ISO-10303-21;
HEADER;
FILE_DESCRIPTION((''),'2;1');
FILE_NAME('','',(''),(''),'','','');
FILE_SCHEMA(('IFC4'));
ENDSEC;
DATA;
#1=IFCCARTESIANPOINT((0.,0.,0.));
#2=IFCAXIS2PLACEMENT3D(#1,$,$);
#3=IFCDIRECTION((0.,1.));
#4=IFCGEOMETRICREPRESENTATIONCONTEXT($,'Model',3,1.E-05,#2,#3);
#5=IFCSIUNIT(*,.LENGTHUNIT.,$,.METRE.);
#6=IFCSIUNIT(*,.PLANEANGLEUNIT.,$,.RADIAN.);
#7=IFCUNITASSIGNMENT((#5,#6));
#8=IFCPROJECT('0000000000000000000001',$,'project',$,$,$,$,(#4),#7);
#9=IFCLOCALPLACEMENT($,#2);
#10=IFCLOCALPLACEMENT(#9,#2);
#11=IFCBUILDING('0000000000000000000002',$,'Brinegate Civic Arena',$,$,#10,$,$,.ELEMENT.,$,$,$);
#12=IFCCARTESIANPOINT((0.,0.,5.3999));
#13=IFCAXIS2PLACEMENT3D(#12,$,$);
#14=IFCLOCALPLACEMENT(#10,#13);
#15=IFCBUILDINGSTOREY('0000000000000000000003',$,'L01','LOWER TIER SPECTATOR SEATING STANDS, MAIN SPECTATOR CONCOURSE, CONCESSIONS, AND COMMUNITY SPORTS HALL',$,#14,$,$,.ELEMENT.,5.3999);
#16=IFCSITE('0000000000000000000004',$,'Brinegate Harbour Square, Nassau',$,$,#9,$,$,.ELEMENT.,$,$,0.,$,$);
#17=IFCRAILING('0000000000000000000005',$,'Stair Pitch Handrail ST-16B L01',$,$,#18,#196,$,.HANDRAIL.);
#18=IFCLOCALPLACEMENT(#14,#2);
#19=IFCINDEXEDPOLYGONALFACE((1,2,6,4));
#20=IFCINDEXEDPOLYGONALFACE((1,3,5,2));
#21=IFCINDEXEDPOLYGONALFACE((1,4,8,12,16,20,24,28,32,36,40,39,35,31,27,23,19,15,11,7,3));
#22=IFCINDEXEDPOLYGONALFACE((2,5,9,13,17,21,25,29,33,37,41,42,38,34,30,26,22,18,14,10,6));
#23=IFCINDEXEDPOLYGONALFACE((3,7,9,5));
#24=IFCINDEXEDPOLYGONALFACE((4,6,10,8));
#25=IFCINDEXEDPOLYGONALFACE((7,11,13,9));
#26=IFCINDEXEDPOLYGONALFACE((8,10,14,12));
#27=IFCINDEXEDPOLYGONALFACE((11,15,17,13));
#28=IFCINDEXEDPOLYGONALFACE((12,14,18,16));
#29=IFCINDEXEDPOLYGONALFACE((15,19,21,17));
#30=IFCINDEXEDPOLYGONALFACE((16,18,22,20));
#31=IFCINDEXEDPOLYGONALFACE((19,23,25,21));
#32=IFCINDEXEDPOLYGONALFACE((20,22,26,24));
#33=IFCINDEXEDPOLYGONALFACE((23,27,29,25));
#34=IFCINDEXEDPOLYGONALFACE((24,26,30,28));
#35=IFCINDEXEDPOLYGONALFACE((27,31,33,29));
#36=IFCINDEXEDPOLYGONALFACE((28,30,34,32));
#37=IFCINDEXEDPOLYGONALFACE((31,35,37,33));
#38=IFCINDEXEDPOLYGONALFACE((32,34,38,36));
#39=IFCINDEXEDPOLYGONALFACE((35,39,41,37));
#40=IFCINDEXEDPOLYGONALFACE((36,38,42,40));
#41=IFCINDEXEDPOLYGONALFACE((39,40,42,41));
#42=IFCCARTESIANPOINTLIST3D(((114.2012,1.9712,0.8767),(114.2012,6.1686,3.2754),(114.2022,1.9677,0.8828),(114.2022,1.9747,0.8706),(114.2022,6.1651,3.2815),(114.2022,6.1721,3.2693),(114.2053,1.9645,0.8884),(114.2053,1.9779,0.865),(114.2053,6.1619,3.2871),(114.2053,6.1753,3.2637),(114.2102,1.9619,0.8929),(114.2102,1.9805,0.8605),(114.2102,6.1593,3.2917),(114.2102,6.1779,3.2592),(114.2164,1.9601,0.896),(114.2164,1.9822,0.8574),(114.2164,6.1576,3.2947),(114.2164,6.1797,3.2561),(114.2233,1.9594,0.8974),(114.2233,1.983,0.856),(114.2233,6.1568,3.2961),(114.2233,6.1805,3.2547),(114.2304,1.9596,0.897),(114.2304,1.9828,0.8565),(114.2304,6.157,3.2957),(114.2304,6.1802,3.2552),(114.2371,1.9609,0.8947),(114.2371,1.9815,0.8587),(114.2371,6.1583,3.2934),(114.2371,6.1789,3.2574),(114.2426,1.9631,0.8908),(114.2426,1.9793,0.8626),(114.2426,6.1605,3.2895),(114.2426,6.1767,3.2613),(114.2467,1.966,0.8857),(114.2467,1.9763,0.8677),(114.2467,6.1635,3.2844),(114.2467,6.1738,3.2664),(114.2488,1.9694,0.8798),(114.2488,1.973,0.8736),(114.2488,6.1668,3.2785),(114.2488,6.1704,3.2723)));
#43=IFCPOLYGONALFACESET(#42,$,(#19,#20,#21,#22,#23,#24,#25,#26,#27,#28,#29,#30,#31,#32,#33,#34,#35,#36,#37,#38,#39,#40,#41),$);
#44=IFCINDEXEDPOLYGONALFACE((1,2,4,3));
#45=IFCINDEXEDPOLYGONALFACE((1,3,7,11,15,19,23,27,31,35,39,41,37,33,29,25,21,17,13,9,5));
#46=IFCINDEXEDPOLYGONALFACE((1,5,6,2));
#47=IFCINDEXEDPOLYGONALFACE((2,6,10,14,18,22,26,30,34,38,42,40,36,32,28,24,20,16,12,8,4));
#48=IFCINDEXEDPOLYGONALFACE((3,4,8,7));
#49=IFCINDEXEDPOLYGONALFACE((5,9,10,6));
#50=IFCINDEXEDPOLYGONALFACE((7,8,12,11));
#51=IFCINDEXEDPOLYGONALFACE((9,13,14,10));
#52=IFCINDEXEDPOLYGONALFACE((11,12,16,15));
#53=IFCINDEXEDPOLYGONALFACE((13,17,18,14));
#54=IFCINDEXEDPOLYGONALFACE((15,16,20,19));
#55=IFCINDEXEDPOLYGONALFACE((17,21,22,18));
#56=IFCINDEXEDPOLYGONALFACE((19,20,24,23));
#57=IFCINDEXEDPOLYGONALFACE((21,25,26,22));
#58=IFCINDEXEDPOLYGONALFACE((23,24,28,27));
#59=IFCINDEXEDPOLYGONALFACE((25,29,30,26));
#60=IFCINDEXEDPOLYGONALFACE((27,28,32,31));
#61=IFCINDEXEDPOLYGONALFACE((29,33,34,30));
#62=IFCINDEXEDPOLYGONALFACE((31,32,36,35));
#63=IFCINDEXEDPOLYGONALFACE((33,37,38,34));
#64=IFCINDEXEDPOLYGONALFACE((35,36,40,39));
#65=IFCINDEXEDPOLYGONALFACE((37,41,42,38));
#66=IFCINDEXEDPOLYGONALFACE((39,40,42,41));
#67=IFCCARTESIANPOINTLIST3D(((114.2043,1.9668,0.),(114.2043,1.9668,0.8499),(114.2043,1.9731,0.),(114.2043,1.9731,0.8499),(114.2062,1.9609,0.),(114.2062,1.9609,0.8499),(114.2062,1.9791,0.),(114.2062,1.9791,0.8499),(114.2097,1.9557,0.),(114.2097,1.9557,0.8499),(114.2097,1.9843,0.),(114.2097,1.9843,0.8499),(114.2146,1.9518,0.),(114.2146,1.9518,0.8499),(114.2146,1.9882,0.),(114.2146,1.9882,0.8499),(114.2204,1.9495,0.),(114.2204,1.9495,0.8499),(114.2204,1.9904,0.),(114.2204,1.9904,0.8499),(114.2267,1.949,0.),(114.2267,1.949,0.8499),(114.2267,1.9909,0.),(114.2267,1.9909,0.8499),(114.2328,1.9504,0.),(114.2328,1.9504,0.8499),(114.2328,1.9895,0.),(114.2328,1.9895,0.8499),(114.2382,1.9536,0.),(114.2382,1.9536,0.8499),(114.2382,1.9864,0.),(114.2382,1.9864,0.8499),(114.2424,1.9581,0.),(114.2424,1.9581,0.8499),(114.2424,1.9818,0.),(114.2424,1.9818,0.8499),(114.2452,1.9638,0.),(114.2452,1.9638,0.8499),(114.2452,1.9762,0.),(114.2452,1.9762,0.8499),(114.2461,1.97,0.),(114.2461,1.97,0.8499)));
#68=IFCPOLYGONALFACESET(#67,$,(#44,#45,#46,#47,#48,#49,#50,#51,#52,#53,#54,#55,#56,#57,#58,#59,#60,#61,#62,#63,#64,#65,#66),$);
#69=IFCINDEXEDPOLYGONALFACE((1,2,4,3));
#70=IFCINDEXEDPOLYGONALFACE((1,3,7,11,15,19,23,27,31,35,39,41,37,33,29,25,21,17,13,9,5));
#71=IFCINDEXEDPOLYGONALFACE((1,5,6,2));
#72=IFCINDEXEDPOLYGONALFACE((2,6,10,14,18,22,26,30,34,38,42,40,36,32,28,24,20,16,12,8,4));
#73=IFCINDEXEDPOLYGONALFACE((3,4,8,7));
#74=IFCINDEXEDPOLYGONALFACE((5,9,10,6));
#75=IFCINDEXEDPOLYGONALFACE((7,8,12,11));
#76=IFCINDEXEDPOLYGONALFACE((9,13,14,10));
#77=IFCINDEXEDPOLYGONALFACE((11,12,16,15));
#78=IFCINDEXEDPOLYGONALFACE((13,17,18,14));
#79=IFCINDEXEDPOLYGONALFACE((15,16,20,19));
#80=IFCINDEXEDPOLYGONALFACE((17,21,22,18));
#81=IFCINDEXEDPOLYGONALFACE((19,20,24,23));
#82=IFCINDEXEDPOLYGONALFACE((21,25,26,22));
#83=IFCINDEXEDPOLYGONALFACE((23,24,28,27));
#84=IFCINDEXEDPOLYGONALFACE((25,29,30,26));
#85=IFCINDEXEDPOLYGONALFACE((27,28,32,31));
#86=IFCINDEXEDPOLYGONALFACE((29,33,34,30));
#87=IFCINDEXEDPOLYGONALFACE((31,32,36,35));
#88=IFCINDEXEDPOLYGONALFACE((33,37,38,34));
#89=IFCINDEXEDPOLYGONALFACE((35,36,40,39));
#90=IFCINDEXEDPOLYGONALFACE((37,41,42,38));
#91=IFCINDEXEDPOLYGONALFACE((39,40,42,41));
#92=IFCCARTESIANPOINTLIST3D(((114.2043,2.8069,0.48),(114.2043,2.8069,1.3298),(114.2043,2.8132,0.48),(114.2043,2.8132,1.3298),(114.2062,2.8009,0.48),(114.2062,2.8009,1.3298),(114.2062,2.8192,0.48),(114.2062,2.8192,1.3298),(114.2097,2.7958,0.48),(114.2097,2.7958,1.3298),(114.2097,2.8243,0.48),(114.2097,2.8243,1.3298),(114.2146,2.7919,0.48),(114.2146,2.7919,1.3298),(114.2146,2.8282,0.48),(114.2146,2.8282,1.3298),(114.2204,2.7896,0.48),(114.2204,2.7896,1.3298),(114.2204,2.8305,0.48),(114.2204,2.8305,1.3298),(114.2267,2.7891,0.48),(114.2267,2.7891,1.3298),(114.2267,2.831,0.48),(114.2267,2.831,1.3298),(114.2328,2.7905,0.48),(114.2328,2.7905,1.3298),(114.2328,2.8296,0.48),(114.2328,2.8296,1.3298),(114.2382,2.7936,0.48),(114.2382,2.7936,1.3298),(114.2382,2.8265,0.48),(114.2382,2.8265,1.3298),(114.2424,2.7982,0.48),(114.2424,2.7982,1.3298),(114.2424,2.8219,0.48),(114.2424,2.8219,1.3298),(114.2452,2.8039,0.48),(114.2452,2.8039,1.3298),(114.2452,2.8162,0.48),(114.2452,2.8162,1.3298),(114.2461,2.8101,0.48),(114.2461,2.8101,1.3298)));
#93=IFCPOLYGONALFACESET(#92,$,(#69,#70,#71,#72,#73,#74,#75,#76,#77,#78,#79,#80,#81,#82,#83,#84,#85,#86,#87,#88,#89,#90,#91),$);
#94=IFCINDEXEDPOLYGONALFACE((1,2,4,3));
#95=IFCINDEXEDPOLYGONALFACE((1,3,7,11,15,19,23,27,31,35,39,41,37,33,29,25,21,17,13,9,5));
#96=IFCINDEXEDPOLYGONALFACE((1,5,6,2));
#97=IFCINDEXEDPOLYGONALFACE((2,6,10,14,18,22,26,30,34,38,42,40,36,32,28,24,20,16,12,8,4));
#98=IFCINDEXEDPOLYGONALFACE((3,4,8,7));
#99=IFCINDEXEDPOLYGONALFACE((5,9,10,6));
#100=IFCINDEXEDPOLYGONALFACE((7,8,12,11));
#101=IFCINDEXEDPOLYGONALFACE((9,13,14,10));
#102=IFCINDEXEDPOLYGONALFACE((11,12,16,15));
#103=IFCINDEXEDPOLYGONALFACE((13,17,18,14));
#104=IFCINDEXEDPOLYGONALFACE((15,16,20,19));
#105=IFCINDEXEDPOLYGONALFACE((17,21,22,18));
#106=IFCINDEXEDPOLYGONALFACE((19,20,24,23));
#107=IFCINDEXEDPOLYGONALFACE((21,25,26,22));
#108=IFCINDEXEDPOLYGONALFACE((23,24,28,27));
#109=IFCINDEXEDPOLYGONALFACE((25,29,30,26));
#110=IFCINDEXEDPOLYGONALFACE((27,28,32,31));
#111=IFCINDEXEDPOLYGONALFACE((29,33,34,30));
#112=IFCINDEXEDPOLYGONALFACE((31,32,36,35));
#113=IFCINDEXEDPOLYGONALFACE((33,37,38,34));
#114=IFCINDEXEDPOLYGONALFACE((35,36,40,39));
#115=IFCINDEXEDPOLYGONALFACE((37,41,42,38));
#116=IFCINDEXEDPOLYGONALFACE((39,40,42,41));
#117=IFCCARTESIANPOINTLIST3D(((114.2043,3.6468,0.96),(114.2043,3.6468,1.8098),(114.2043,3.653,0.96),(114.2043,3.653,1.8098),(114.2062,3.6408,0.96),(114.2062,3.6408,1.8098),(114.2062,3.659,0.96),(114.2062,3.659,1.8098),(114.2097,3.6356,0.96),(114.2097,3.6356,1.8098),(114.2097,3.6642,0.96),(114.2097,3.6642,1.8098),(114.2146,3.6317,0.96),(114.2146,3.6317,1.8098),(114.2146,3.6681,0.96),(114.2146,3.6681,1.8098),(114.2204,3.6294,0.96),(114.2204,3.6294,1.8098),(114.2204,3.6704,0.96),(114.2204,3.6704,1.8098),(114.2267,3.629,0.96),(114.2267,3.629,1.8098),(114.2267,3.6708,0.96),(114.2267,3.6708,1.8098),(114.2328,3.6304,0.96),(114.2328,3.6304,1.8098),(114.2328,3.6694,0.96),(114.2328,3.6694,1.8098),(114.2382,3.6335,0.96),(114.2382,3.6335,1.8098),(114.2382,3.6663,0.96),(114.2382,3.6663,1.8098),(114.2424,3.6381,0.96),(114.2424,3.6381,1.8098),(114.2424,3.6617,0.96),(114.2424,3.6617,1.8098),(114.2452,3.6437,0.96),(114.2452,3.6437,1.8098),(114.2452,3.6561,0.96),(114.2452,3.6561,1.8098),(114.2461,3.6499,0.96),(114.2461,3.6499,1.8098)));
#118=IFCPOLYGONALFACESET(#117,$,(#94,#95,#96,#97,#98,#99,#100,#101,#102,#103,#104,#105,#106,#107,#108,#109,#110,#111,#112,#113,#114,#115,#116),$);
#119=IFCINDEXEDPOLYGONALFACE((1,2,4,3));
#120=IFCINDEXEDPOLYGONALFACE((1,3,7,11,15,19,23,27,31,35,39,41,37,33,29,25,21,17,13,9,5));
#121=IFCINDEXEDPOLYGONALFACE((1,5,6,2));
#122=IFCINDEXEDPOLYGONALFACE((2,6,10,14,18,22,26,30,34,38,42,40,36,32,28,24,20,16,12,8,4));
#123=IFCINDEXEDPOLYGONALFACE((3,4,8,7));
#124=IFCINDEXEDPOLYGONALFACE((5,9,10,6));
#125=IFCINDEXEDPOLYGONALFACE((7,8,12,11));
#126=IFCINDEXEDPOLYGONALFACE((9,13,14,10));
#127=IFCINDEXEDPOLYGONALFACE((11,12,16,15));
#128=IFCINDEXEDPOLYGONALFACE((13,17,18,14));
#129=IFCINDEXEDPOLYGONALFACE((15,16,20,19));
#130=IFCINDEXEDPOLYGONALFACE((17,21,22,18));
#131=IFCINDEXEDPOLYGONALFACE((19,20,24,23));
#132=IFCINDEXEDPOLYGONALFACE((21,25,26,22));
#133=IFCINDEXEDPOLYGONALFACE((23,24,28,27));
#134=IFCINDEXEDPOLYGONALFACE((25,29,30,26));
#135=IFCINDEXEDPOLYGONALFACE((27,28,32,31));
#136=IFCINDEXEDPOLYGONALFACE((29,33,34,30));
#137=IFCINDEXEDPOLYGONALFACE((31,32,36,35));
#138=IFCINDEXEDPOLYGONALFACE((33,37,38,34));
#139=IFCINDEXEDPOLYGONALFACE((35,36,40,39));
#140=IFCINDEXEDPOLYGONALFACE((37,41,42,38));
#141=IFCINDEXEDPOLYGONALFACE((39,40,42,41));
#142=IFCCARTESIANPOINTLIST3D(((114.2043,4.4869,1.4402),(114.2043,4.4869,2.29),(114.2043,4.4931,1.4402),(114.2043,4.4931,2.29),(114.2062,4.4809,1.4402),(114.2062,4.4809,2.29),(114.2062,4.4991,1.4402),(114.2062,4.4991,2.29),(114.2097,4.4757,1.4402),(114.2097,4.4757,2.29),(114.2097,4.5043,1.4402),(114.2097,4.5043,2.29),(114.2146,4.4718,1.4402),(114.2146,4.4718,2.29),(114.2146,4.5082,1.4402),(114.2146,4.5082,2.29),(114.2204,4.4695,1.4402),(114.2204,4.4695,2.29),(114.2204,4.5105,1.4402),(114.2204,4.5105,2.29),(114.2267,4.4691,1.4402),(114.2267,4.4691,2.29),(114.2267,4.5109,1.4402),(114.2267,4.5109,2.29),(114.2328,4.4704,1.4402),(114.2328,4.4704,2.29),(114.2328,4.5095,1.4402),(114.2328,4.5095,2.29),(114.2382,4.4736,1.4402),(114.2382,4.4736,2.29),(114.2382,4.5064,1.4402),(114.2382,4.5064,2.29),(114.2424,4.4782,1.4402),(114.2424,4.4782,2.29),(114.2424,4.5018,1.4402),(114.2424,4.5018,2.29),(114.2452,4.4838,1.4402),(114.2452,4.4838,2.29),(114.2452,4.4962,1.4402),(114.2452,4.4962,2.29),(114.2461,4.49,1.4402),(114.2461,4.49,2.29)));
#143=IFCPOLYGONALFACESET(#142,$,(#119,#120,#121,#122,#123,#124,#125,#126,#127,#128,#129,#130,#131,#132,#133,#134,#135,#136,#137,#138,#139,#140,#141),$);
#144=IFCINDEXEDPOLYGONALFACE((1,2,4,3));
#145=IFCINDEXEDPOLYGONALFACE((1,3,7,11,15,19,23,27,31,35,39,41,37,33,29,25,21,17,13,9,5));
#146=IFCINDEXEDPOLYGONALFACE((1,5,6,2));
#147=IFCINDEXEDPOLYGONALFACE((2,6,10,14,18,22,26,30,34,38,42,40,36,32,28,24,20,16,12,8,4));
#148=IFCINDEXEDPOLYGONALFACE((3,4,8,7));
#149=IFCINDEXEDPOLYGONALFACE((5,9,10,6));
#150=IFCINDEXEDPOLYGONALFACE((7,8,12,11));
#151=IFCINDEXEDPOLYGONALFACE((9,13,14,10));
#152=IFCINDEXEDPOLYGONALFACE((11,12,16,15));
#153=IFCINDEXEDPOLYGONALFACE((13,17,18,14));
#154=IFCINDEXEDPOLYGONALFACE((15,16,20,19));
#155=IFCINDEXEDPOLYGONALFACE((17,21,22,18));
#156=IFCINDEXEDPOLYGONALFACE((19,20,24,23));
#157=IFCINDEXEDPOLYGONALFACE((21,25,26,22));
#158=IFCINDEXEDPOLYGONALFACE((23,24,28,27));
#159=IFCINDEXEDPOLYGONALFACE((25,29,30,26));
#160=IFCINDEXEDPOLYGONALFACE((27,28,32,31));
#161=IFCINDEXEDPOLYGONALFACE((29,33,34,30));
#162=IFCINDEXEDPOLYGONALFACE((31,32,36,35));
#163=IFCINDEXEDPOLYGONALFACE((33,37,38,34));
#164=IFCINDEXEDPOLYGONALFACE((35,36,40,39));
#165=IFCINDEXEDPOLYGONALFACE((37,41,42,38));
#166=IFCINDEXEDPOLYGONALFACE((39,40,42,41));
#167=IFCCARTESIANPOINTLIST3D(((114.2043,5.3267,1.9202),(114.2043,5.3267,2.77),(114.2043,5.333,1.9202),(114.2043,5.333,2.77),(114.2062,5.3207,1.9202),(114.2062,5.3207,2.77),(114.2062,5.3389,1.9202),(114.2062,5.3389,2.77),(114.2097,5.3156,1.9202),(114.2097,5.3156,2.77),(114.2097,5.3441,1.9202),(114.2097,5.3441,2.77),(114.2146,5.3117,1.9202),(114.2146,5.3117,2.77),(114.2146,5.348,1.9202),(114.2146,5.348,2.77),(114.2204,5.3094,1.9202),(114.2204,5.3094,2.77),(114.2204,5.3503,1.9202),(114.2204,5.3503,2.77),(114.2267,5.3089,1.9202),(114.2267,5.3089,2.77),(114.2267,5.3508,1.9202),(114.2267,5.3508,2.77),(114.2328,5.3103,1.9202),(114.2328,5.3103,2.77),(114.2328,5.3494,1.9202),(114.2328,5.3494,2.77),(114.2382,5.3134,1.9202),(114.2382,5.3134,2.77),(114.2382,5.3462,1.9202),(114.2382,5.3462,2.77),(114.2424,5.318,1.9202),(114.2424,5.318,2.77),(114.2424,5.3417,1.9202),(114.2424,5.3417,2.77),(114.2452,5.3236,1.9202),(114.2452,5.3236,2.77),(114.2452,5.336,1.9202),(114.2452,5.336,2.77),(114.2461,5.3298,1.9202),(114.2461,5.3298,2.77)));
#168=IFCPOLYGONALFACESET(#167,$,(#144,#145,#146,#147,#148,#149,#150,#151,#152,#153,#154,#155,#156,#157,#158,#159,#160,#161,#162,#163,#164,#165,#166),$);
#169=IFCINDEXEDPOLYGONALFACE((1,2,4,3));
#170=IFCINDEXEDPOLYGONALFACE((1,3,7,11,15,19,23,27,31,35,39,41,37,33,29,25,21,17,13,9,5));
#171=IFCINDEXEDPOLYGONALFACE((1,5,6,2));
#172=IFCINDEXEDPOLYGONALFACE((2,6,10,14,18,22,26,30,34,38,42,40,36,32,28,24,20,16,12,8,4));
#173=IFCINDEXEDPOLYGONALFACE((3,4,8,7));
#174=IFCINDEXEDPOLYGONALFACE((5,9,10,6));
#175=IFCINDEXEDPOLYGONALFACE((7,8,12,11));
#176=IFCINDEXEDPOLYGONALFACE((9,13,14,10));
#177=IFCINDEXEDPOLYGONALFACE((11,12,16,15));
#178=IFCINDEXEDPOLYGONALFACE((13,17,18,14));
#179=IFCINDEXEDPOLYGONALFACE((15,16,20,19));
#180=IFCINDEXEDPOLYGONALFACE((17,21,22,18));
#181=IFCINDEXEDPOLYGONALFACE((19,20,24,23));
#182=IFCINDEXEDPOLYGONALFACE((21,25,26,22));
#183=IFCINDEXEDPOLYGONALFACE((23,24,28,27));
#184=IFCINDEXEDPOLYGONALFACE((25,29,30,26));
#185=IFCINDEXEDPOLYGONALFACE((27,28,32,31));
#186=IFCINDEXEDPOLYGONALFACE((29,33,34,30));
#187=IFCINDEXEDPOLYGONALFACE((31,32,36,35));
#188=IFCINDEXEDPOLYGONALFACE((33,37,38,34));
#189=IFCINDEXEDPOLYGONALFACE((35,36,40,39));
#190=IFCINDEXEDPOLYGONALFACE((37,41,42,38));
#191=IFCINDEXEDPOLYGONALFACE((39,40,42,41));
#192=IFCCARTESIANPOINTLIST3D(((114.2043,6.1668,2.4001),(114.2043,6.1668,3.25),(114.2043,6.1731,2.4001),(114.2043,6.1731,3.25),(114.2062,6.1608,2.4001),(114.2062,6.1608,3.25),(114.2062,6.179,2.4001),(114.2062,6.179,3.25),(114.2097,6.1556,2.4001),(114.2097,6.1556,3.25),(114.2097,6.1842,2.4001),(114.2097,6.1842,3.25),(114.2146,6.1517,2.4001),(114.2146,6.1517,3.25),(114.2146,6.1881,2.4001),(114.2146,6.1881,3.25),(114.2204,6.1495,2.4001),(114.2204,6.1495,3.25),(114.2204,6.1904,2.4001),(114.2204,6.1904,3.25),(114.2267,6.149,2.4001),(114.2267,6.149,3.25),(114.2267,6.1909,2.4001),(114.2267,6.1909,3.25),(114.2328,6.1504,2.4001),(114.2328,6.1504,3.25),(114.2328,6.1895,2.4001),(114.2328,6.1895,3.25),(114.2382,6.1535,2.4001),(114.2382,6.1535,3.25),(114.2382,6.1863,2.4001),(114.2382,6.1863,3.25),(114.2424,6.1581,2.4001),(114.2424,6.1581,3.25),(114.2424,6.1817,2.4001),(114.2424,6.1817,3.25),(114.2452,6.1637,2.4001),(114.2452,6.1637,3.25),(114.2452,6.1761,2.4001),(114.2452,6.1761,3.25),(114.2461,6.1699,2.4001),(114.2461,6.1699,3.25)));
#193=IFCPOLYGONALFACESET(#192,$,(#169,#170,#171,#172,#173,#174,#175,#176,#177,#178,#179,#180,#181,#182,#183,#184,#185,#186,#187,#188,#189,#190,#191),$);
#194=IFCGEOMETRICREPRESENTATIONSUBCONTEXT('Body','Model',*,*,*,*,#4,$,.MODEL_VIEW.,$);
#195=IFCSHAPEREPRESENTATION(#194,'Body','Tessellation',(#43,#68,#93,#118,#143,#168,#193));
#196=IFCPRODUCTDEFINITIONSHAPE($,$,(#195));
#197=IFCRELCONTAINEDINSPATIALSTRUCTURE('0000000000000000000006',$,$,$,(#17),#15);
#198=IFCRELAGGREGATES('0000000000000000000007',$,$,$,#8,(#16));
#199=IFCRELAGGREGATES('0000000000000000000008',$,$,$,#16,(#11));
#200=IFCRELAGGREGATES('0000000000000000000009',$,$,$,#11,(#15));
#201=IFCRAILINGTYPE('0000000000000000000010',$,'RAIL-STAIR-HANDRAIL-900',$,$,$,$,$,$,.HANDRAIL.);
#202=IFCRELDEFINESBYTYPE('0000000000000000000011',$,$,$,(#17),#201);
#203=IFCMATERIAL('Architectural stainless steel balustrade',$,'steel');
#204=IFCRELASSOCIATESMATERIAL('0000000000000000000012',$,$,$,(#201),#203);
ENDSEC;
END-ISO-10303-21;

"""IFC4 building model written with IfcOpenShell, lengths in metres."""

from ifc_helpers import new_model, si_unit, direction, frame, origin, origin_2d, place, context, subcontext, project, spatial, circle, extrude, material, type_object, element, save


model = new_model("IFC4")

# Units and contexts
model_context = context("Model", 3, precision=1e-05, world=origin(), true_north=direction((0.0, 1.0)))
body_context = subcontext(model_context, "Body", "Model", "MODEL_VIEW")
ifc_project = project(units=[si_unit("LENGTHUNIT", "METRE"), si_unit("PLANEANGLEUNIT", "RADIAN")], contexts=[model_context])

# Site, building, storey
site_placement = place(None, origin())
site = spatial("IfcSite", under=ifc_project, at=site_placement, Name="Brinegate Harbour Square, Nassau", CompositionType="ELEMENT", RefElevation=0.0)
building_placement = place(site_placement, origin())
building = spatial("IfcBuilding", under=site, at=building_placement, Name="Brinegate Civic Arena", CompositionType="ELEMENT")
storey_placement = place(building_placement, frame((0.0, 0.0, 5.3999)))
storey = spatial("IfcBuildingStorey", under=building, at=storey_placement, Name="L01", Description="LOWER TIER SPECTATOR SEATING STANDS, MAIN SPECTATOR CONCOURSE, CONCESSIONS, AND COMMUNITY SPORTS HALL", CompositionType="ELEMENT", Elevation=5.3999)

# Railing
ifc_material_1 = material(Name="Architectural stainless steel balustrade", Category="steel")
railing_type_1 = type_object("IfcRailingType", Name="RAIL-STAIR-HANDRAIL-900", PredefinedType="HANDRAIL", material=ifc_material_1)
for number, where, name in (
    (1, (114.2251, 1.97, 0.0), "Stair Pitch Handrail ST-16B L01"),
):
    element("IfcRailing", number, at=place(storey_placement, frame(where)), inside=storey, type_object=railing_type_1, Name=name, PredefinedType="HANDRAIL", context=body_context, shape_type="SweptSolid", body=[
        extrude(circle(Radius=0.0239, at=origin_2d()), frame((0.0, 0.0012, 0.8767), z_axis=(0.0, 0.868228, 0.496166), x_axis=(-1.0, 0.0, 0.0)), (0.0, 0.0, 1.0), 4.8345),
        extrude(circle(Radius=0.021, at=origin_2d()), origin(), (0.0, 0.0, 1.0), 0.8499),
        extrude(circle(Radius=0.021, at=origin_2d()), frame((0.0, 0.8401, 0.48)), (0.0, 0.0, 1.0), 0.8499),
        extrude(circle(Radius=0.021, at=origin_2d()), frame((0.0, 1.6799, 0.96)), (0.0, 0.0, 1.0), 0.8499),
        extrude(circle(Radius=0.021, at=origin_2d()), frame((0.0, 2.52, 1.4402)), (0.0, 0.0, 1.0), 0.8499),
        extrude(circle(Radius=0.021, at=origin_2d()), frame((0.0, 3.3599, 1.9202)), (0.0, 0.0, 1.0), 0.8499),
        extrude(circle(Radius=0.021, at=origin_2d()), frame((0.0, 4.2, 2.4001)), (0.0, 0.0, 1.0), 0.8499),
    ])

save(model, "model.ifc")
